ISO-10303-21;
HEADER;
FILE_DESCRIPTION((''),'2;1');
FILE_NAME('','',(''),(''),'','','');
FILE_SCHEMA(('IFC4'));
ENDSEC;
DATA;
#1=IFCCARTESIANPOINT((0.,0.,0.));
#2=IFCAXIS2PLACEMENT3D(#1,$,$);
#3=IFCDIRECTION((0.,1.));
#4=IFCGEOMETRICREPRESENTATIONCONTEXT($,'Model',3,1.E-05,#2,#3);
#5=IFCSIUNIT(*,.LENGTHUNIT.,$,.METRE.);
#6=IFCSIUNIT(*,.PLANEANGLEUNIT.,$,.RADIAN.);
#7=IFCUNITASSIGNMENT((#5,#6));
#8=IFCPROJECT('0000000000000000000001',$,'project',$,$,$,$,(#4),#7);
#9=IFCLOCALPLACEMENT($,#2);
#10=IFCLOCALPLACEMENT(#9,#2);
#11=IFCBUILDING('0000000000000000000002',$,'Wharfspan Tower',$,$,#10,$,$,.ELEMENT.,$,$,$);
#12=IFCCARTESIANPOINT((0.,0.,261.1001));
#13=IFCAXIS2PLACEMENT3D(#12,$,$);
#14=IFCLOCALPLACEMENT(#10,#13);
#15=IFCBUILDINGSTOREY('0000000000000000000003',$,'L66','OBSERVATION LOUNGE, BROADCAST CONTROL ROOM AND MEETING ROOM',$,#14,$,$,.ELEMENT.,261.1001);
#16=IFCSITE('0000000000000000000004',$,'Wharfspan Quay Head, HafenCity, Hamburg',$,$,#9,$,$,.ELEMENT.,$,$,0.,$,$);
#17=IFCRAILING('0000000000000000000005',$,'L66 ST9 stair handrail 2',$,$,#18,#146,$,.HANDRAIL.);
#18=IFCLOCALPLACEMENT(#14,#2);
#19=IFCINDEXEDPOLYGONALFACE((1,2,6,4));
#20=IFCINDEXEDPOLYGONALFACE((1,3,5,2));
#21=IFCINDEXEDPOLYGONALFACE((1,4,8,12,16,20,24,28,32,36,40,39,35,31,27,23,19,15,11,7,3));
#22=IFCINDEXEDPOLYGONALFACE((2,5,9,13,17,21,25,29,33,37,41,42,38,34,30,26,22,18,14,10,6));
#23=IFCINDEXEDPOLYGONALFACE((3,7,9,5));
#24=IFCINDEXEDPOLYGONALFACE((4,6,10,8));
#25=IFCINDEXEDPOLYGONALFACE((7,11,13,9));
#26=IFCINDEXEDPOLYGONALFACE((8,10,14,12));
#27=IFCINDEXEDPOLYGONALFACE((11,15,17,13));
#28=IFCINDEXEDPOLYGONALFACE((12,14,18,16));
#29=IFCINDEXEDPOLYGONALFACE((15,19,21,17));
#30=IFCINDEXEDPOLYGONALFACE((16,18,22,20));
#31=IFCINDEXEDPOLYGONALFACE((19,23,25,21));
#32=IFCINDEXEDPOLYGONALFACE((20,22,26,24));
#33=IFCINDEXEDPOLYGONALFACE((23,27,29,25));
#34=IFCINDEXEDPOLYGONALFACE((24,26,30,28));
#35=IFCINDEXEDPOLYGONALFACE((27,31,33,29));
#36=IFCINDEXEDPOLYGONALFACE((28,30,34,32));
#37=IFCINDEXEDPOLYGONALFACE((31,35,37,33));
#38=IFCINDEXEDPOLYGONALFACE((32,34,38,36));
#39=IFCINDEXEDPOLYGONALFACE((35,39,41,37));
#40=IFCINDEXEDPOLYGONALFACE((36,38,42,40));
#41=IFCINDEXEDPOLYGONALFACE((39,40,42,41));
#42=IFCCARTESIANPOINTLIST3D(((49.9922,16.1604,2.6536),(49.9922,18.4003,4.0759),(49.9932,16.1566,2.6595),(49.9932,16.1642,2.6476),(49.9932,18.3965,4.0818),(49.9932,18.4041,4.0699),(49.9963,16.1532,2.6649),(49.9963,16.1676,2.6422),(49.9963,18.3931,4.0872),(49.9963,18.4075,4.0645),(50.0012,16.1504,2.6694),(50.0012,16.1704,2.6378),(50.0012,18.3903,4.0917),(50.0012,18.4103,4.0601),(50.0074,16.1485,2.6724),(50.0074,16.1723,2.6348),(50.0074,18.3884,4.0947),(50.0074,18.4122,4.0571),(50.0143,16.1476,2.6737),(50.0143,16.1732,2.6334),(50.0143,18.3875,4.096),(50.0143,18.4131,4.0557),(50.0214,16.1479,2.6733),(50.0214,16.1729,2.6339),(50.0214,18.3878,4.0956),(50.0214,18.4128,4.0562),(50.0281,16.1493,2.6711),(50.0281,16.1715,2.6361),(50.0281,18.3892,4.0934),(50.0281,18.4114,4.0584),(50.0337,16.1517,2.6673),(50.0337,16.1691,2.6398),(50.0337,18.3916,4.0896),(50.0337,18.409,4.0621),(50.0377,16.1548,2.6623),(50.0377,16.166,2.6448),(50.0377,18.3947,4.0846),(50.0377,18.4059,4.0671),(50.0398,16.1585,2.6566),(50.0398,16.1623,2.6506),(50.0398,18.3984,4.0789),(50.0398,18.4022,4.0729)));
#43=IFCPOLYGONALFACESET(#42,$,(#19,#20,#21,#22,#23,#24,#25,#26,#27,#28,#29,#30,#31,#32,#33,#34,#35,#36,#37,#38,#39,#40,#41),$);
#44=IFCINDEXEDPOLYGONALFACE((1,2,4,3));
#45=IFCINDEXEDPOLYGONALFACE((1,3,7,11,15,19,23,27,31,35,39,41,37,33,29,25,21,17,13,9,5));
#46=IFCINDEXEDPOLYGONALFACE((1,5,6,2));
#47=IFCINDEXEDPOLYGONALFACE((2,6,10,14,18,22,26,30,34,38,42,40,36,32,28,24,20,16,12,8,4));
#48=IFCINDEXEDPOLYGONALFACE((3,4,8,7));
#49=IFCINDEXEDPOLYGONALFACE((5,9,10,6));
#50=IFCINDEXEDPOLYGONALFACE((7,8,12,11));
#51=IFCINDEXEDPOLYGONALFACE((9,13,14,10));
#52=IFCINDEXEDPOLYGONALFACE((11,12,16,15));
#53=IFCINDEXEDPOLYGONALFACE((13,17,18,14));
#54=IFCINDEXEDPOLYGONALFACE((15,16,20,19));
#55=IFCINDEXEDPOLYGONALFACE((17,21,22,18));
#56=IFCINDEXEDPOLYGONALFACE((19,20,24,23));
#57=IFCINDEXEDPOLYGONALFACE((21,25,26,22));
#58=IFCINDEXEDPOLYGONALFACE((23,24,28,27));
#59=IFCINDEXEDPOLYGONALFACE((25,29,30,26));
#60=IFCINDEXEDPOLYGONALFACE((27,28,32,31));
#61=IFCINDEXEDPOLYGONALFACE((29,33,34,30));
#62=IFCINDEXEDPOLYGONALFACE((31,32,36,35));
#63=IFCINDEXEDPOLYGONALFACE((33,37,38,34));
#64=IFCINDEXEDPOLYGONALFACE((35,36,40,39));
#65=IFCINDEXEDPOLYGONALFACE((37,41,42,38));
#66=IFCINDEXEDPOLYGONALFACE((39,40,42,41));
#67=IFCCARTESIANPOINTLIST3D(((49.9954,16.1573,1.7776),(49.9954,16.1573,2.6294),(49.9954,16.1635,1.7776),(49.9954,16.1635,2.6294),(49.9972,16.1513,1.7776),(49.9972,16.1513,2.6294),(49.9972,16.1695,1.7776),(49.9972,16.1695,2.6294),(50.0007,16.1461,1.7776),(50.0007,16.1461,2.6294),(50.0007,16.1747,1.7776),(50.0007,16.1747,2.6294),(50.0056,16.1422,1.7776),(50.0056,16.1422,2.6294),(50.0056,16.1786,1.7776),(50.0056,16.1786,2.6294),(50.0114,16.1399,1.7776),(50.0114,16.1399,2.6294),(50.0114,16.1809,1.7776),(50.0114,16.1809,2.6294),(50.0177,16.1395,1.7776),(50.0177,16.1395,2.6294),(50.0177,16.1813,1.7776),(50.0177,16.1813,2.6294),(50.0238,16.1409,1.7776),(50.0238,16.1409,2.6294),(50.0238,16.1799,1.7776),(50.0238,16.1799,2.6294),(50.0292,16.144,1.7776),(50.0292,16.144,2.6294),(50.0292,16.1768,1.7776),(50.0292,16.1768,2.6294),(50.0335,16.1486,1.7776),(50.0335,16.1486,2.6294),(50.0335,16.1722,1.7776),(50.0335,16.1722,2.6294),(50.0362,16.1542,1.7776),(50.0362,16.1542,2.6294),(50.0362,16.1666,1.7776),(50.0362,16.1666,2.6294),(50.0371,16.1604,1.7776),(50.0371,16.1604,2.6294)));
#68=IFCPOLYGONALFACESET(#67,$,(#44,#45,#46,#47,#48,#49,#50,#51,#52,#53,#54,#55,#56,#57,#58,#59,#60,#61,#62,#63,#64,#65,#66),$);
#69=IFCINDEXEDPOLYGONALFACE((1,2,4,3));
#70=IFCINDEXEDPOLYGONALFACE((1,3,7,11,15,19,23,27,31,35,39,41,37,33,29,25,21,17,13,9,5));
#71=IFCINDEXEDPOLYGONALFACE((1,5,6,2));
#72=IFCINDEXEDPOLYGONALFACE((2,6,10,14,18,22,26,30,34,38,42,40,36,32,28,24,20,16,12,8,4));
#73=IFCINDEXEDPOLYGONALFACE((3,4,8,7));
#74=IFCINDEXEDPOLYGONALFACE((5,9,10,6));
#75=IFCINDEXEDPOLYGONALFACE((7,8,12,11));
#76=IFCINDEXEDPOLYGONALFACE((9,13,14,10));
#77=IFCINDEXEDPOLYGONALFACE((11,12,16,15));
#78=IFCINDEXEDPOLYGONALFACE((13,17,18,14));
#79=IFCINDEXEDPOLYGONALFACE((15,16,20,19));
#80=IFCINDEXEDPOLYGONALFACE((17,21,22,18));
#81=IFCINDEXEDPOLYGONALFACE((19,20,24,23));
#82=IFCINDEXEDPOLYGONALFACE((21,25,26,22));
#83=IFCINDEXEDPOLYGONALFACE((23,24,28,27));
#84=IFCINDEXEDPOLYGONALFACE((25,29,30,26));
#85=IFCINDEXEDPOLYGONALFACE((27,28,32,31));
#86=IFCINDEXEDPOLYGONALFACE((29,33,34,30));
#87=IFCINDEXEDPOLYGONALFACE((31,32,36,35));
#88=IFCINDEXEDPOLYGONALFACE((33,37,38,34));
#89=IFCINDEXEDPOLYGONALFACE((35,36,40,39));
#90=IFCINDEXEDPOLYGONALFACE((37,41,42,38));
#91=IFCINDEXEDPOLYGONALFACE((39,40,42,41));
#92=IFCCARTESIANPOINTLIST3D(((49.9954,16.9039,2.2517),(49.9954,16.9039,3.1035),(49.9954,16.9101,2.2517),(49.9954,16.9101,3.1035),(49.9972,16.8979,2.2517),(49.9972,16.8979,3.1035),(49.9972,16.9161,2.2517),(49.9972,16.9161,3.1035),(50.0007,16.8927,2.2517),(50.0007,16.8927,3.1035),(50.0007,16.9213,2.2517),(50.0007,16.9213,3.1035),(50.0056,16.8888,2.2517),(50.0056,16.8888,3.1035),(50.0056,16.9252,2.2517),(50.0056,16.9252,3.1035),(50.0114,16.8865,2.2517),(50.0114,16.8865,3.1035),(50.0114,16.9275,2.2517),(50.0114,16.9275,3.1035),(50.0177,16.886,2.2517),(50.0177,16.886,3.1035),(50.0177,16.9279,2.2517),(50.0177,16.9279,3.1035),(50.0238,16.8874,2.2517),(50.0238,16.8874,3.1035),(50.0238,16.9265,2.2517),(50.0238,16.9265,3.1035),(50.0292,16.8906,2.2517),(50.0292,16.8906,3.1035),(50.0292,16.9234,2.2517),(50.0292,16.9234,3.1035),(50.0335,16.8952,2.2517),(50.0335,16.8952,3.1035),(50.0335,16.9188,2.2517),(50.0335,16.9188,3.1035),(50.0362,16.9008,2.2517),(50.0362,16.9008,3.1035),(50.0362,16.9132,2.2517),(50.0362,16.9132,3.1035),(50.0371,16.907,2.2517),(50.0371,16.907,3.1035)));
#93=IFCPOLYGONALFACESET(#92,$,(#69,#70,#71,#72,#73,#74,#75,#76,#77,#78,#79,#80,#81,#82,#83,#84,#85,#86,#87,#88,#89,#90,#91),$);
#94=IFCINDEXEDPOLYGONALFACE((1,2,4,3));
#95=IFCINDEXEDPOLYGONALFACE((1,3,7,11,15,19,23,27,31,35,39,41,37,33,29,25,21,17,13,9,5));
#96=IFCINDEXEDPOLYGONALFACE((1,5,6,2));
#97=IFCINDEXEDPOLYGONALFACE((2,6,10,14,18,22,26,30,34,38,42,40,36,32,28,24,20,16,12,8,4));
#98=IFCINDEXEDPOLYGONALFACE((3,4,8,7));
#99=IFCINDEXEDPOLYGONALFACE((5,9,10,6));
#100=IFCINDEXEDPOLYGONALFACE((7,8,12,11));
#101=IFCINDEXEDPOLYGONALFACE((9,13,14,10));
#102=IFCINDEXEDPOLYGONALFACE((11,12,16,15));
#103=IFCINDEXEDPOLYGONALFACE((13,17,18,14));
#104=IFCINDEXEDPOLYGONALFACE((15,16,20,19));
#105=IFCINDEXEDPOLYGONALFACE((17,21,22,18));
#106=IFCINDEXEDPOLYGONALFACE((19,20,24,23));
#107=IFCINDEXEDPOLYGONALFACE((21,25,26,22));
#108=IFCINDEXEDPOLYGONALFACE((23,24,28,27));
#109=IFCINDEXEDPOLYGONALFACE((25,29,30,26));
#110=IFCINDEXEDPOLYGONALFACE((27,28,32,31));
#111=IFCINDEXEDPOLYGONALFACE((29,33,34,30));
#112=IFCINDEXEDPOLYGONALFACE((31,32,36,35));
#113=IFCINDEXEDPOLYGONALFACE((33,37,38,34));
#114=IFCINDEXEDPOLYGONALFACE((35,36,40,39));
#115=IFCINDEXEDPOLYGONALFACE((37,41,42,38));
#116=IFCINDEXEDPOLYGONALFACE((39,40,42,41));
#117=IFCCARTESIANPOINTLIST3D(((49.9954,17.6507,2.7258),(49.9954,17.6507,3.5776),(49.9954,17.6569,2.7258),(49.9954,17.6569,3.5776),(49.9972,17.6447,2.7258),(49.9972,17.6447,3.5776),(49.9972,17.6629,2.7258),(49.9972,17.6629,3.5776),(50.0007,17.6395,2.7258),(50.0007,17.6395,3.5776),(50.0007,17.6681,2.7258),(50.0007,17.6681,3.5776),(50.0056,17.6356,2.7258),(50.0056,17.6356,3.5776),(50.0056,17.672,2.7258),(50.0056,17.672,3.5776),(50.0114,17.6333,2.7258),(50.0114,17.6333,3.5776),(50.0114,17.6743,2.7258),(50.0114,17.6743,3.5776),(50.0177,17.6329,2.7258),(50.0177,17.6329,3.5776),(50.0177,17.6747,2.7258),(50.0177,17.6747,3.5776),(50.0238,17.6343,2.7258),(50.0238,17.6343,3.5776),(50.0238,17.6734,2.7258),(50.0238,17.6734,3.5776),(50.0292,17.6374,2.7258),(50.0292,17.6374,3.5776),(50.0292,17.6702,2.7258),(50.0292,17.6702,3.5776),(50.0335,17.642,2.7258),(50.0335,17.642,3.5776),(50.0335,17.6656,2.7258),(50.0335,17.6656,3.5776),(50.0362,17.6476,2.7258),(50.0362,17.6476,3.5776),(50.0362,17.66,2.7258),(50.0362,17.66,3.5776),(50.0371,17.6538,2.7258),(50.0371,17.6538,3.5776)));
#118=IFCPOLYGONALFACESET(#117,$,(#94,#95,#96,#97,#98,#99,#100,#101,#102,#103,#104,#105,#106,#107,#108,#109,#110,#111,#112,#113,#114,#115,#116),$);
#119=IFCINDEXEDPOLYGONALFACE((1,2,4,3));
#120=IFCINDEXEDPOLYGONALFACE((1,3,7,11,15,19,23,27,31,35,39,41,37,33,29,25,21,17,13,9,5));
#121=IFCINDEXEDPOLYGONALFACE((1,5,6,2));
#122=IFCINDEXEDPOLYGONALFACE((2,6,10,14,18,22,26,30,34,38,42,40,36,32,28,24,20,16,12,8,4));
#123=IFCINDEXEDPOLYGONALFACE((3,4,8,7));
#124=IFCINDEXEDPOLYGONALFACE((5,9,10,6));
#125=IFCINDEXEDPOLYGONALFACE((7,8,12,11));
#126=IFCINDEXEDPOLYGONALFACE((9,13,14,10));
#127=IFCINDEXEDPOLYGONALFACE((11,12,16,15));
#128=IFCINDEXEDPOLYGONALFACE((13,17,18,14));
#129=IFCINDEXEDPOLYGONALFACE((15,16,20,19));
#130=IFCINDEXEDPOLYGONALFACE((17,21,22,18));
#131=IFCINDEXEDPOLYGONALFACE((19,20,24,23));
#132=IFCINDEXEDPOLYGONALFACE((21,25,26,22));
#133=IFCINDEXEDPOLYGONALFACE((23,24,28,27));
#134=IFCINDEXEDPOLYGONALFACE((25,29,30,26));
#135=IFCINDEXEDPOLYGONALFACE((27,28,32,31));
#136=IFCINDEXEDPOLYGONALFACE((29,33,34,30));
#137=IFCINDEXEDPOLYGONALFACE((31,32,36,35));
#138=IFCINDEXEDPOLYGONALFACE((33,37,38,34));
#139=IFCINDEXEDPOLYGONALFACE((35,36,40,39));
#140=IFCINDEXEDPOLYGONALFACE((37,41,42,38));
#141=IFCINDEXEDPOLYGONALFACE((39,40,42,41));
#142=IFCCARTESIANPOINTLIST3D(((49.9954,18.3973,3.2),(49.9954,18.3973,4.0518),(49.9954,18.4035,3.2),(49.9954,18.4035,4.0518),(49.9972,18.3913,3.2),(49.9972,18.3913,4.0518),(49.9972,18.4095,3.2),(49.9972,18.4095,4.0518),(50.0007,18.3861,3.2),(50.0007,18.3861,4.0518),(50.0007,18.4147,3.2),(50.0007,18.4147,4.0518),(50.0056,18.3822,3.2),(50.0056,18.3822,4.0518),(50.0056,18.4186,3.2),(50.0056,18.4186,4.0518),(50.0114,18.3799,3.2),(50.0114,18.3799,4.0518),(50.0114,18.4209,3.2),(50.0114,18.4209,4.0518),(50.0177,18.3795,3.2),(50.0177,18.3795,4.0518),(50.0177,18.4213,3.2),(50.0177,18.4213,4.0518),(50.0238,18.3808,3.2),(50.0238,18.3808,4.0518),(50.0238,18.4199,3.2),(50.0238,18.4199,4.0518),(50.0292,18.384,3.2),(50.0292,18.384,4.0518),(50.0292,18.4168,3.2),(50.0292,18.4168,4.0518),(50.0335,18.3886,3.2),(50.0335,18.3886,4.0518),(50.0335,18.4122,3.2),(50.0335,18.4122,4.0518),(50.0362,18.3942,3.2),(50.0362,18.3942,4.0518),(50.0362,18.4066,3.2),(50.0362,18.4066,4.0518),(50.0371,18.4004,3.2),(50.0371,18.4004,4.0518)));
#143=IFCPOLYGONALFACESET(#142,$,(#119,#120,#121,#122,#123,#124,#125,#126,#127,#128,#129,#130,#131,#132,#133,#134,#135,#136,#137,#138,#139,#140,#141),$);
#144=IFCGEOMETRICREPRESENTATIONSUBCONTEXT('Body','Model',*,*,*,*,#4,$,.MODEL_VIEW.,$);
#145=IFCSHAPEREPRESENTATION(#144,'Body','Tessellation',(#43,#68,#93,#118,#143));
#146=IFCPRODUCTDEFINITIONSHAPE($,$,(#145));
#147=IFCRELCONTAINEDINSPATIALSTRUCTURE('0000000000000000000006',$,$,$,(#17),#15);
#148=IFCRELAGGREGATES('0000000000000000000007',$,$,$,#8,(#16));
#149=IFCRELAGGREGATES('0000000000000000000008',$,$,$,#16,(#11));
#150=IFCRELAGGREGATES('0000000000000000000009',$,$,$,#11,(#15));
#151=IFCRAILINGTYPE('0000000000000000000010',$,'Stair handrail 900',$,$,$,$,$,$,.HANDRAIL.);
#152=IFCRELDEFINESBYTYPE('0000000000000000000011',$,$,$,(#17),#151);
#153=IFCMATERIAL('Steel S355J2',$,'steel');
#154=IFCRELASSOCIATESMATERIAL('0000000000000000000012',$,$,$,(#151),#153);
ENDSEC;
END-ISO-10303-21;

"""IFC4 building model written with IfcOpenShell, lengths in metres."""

from ifc_helpers import new_model, si_unit, direction, frame, origin, origin_2d, place, context, subcontext, project, spatial, circle, extrude, material, type_object, element, save


model = new_model("IFC4")

# Units and contexts
model_context = context("Model", 3, precision=1e-05, world=origin(), true_north=direction((0.0, 1.0)))
body_context = subcontext(model_context, "Body", "Model", "MODEL_VIEW")
ifc_project = project(units=[si_unit("LENGTHUNIT", "METRE"), si_unit("PLANEANGLEUNIT", "RADIAN")], contexts=[model_context])

# Site, building, storey
site_placement = place(None, origin())
site = spatial("IfcSite", under=ifc_project, at=site_placement, Name="Wharfspan Quay Head, HafenCity, Hamburg", CompositionType="ELEMENT", RefElevation=0.0)
building_placement = place(site_placement, origin())
building = spatial("IfcBuilding", under=site, at=building_placement, Name="Wharfspan Tower", CompositionType="ELEMENT")
storey_placement = place(building_placement, frame((0.0, 0.0, 261.1001)))
storey = spatial("IfcBuildingStorey", under=building, at=storey_placement, Name="L66", Description="OBSERVATION LOUNGE, BROADCAST CONTROL ROOM AND MEETING ROOM", CompositionType="ELEMENT", Elevation=261.1001)

# Shared definitions
ifc_material_1 = material(Name="Steel S355J2", Category="steel")

# Railing
railing_type_1 = type_object("IfcRailingType", Name="Stair handrail 900", PredefinedType="HANDRAIL", material=ifc_material_1)
railing_1_placement = place(storey_placement, frame((50.0161, 16.1604, 1.7776)))
element("IfcRailing", 1, at=railing_1_placement, inside=storey, type_object=railing_type_1, Name="L66 ST9 stair handrail 2", PredefinedType="HANDRAIL", context=body_context, shape_type="SweptSolid", body=[
    extrude(circle(Radius=0.0239, at=origin_2d()), frame((0.0, 0.0, 0.876), z_axis=(0.0, 0.844188, 0.536048), x_axis=(-1.0, 0.0, 0.0)), (0.0, 0.0, 1.0), 2.6533),
    extrude(circle(Radius=0.021, at=origin_2d()), origin(), (0.0, 0.0, 1.0), 0.8518),
    extrude(circle(Radius=0.021, at=origin_2d()), frame((0.0, 0.7466, 0.4741)), (0.0, 0.0, 1.0), 0.8518),
    extrude(circle(Radius=0.021, at=origin_2d()), frame((0.0, 1.4934, 0.9482)), (0.0, 0.0, 1.0), 0.8518),
    extrude(circle(Radius=0.021, at=origin_2d()), frame((0.0, 2.24, 1.4224)), (0.0, 0.0, 1.0), 0.8518),
])

save(model, "model.ifc")
